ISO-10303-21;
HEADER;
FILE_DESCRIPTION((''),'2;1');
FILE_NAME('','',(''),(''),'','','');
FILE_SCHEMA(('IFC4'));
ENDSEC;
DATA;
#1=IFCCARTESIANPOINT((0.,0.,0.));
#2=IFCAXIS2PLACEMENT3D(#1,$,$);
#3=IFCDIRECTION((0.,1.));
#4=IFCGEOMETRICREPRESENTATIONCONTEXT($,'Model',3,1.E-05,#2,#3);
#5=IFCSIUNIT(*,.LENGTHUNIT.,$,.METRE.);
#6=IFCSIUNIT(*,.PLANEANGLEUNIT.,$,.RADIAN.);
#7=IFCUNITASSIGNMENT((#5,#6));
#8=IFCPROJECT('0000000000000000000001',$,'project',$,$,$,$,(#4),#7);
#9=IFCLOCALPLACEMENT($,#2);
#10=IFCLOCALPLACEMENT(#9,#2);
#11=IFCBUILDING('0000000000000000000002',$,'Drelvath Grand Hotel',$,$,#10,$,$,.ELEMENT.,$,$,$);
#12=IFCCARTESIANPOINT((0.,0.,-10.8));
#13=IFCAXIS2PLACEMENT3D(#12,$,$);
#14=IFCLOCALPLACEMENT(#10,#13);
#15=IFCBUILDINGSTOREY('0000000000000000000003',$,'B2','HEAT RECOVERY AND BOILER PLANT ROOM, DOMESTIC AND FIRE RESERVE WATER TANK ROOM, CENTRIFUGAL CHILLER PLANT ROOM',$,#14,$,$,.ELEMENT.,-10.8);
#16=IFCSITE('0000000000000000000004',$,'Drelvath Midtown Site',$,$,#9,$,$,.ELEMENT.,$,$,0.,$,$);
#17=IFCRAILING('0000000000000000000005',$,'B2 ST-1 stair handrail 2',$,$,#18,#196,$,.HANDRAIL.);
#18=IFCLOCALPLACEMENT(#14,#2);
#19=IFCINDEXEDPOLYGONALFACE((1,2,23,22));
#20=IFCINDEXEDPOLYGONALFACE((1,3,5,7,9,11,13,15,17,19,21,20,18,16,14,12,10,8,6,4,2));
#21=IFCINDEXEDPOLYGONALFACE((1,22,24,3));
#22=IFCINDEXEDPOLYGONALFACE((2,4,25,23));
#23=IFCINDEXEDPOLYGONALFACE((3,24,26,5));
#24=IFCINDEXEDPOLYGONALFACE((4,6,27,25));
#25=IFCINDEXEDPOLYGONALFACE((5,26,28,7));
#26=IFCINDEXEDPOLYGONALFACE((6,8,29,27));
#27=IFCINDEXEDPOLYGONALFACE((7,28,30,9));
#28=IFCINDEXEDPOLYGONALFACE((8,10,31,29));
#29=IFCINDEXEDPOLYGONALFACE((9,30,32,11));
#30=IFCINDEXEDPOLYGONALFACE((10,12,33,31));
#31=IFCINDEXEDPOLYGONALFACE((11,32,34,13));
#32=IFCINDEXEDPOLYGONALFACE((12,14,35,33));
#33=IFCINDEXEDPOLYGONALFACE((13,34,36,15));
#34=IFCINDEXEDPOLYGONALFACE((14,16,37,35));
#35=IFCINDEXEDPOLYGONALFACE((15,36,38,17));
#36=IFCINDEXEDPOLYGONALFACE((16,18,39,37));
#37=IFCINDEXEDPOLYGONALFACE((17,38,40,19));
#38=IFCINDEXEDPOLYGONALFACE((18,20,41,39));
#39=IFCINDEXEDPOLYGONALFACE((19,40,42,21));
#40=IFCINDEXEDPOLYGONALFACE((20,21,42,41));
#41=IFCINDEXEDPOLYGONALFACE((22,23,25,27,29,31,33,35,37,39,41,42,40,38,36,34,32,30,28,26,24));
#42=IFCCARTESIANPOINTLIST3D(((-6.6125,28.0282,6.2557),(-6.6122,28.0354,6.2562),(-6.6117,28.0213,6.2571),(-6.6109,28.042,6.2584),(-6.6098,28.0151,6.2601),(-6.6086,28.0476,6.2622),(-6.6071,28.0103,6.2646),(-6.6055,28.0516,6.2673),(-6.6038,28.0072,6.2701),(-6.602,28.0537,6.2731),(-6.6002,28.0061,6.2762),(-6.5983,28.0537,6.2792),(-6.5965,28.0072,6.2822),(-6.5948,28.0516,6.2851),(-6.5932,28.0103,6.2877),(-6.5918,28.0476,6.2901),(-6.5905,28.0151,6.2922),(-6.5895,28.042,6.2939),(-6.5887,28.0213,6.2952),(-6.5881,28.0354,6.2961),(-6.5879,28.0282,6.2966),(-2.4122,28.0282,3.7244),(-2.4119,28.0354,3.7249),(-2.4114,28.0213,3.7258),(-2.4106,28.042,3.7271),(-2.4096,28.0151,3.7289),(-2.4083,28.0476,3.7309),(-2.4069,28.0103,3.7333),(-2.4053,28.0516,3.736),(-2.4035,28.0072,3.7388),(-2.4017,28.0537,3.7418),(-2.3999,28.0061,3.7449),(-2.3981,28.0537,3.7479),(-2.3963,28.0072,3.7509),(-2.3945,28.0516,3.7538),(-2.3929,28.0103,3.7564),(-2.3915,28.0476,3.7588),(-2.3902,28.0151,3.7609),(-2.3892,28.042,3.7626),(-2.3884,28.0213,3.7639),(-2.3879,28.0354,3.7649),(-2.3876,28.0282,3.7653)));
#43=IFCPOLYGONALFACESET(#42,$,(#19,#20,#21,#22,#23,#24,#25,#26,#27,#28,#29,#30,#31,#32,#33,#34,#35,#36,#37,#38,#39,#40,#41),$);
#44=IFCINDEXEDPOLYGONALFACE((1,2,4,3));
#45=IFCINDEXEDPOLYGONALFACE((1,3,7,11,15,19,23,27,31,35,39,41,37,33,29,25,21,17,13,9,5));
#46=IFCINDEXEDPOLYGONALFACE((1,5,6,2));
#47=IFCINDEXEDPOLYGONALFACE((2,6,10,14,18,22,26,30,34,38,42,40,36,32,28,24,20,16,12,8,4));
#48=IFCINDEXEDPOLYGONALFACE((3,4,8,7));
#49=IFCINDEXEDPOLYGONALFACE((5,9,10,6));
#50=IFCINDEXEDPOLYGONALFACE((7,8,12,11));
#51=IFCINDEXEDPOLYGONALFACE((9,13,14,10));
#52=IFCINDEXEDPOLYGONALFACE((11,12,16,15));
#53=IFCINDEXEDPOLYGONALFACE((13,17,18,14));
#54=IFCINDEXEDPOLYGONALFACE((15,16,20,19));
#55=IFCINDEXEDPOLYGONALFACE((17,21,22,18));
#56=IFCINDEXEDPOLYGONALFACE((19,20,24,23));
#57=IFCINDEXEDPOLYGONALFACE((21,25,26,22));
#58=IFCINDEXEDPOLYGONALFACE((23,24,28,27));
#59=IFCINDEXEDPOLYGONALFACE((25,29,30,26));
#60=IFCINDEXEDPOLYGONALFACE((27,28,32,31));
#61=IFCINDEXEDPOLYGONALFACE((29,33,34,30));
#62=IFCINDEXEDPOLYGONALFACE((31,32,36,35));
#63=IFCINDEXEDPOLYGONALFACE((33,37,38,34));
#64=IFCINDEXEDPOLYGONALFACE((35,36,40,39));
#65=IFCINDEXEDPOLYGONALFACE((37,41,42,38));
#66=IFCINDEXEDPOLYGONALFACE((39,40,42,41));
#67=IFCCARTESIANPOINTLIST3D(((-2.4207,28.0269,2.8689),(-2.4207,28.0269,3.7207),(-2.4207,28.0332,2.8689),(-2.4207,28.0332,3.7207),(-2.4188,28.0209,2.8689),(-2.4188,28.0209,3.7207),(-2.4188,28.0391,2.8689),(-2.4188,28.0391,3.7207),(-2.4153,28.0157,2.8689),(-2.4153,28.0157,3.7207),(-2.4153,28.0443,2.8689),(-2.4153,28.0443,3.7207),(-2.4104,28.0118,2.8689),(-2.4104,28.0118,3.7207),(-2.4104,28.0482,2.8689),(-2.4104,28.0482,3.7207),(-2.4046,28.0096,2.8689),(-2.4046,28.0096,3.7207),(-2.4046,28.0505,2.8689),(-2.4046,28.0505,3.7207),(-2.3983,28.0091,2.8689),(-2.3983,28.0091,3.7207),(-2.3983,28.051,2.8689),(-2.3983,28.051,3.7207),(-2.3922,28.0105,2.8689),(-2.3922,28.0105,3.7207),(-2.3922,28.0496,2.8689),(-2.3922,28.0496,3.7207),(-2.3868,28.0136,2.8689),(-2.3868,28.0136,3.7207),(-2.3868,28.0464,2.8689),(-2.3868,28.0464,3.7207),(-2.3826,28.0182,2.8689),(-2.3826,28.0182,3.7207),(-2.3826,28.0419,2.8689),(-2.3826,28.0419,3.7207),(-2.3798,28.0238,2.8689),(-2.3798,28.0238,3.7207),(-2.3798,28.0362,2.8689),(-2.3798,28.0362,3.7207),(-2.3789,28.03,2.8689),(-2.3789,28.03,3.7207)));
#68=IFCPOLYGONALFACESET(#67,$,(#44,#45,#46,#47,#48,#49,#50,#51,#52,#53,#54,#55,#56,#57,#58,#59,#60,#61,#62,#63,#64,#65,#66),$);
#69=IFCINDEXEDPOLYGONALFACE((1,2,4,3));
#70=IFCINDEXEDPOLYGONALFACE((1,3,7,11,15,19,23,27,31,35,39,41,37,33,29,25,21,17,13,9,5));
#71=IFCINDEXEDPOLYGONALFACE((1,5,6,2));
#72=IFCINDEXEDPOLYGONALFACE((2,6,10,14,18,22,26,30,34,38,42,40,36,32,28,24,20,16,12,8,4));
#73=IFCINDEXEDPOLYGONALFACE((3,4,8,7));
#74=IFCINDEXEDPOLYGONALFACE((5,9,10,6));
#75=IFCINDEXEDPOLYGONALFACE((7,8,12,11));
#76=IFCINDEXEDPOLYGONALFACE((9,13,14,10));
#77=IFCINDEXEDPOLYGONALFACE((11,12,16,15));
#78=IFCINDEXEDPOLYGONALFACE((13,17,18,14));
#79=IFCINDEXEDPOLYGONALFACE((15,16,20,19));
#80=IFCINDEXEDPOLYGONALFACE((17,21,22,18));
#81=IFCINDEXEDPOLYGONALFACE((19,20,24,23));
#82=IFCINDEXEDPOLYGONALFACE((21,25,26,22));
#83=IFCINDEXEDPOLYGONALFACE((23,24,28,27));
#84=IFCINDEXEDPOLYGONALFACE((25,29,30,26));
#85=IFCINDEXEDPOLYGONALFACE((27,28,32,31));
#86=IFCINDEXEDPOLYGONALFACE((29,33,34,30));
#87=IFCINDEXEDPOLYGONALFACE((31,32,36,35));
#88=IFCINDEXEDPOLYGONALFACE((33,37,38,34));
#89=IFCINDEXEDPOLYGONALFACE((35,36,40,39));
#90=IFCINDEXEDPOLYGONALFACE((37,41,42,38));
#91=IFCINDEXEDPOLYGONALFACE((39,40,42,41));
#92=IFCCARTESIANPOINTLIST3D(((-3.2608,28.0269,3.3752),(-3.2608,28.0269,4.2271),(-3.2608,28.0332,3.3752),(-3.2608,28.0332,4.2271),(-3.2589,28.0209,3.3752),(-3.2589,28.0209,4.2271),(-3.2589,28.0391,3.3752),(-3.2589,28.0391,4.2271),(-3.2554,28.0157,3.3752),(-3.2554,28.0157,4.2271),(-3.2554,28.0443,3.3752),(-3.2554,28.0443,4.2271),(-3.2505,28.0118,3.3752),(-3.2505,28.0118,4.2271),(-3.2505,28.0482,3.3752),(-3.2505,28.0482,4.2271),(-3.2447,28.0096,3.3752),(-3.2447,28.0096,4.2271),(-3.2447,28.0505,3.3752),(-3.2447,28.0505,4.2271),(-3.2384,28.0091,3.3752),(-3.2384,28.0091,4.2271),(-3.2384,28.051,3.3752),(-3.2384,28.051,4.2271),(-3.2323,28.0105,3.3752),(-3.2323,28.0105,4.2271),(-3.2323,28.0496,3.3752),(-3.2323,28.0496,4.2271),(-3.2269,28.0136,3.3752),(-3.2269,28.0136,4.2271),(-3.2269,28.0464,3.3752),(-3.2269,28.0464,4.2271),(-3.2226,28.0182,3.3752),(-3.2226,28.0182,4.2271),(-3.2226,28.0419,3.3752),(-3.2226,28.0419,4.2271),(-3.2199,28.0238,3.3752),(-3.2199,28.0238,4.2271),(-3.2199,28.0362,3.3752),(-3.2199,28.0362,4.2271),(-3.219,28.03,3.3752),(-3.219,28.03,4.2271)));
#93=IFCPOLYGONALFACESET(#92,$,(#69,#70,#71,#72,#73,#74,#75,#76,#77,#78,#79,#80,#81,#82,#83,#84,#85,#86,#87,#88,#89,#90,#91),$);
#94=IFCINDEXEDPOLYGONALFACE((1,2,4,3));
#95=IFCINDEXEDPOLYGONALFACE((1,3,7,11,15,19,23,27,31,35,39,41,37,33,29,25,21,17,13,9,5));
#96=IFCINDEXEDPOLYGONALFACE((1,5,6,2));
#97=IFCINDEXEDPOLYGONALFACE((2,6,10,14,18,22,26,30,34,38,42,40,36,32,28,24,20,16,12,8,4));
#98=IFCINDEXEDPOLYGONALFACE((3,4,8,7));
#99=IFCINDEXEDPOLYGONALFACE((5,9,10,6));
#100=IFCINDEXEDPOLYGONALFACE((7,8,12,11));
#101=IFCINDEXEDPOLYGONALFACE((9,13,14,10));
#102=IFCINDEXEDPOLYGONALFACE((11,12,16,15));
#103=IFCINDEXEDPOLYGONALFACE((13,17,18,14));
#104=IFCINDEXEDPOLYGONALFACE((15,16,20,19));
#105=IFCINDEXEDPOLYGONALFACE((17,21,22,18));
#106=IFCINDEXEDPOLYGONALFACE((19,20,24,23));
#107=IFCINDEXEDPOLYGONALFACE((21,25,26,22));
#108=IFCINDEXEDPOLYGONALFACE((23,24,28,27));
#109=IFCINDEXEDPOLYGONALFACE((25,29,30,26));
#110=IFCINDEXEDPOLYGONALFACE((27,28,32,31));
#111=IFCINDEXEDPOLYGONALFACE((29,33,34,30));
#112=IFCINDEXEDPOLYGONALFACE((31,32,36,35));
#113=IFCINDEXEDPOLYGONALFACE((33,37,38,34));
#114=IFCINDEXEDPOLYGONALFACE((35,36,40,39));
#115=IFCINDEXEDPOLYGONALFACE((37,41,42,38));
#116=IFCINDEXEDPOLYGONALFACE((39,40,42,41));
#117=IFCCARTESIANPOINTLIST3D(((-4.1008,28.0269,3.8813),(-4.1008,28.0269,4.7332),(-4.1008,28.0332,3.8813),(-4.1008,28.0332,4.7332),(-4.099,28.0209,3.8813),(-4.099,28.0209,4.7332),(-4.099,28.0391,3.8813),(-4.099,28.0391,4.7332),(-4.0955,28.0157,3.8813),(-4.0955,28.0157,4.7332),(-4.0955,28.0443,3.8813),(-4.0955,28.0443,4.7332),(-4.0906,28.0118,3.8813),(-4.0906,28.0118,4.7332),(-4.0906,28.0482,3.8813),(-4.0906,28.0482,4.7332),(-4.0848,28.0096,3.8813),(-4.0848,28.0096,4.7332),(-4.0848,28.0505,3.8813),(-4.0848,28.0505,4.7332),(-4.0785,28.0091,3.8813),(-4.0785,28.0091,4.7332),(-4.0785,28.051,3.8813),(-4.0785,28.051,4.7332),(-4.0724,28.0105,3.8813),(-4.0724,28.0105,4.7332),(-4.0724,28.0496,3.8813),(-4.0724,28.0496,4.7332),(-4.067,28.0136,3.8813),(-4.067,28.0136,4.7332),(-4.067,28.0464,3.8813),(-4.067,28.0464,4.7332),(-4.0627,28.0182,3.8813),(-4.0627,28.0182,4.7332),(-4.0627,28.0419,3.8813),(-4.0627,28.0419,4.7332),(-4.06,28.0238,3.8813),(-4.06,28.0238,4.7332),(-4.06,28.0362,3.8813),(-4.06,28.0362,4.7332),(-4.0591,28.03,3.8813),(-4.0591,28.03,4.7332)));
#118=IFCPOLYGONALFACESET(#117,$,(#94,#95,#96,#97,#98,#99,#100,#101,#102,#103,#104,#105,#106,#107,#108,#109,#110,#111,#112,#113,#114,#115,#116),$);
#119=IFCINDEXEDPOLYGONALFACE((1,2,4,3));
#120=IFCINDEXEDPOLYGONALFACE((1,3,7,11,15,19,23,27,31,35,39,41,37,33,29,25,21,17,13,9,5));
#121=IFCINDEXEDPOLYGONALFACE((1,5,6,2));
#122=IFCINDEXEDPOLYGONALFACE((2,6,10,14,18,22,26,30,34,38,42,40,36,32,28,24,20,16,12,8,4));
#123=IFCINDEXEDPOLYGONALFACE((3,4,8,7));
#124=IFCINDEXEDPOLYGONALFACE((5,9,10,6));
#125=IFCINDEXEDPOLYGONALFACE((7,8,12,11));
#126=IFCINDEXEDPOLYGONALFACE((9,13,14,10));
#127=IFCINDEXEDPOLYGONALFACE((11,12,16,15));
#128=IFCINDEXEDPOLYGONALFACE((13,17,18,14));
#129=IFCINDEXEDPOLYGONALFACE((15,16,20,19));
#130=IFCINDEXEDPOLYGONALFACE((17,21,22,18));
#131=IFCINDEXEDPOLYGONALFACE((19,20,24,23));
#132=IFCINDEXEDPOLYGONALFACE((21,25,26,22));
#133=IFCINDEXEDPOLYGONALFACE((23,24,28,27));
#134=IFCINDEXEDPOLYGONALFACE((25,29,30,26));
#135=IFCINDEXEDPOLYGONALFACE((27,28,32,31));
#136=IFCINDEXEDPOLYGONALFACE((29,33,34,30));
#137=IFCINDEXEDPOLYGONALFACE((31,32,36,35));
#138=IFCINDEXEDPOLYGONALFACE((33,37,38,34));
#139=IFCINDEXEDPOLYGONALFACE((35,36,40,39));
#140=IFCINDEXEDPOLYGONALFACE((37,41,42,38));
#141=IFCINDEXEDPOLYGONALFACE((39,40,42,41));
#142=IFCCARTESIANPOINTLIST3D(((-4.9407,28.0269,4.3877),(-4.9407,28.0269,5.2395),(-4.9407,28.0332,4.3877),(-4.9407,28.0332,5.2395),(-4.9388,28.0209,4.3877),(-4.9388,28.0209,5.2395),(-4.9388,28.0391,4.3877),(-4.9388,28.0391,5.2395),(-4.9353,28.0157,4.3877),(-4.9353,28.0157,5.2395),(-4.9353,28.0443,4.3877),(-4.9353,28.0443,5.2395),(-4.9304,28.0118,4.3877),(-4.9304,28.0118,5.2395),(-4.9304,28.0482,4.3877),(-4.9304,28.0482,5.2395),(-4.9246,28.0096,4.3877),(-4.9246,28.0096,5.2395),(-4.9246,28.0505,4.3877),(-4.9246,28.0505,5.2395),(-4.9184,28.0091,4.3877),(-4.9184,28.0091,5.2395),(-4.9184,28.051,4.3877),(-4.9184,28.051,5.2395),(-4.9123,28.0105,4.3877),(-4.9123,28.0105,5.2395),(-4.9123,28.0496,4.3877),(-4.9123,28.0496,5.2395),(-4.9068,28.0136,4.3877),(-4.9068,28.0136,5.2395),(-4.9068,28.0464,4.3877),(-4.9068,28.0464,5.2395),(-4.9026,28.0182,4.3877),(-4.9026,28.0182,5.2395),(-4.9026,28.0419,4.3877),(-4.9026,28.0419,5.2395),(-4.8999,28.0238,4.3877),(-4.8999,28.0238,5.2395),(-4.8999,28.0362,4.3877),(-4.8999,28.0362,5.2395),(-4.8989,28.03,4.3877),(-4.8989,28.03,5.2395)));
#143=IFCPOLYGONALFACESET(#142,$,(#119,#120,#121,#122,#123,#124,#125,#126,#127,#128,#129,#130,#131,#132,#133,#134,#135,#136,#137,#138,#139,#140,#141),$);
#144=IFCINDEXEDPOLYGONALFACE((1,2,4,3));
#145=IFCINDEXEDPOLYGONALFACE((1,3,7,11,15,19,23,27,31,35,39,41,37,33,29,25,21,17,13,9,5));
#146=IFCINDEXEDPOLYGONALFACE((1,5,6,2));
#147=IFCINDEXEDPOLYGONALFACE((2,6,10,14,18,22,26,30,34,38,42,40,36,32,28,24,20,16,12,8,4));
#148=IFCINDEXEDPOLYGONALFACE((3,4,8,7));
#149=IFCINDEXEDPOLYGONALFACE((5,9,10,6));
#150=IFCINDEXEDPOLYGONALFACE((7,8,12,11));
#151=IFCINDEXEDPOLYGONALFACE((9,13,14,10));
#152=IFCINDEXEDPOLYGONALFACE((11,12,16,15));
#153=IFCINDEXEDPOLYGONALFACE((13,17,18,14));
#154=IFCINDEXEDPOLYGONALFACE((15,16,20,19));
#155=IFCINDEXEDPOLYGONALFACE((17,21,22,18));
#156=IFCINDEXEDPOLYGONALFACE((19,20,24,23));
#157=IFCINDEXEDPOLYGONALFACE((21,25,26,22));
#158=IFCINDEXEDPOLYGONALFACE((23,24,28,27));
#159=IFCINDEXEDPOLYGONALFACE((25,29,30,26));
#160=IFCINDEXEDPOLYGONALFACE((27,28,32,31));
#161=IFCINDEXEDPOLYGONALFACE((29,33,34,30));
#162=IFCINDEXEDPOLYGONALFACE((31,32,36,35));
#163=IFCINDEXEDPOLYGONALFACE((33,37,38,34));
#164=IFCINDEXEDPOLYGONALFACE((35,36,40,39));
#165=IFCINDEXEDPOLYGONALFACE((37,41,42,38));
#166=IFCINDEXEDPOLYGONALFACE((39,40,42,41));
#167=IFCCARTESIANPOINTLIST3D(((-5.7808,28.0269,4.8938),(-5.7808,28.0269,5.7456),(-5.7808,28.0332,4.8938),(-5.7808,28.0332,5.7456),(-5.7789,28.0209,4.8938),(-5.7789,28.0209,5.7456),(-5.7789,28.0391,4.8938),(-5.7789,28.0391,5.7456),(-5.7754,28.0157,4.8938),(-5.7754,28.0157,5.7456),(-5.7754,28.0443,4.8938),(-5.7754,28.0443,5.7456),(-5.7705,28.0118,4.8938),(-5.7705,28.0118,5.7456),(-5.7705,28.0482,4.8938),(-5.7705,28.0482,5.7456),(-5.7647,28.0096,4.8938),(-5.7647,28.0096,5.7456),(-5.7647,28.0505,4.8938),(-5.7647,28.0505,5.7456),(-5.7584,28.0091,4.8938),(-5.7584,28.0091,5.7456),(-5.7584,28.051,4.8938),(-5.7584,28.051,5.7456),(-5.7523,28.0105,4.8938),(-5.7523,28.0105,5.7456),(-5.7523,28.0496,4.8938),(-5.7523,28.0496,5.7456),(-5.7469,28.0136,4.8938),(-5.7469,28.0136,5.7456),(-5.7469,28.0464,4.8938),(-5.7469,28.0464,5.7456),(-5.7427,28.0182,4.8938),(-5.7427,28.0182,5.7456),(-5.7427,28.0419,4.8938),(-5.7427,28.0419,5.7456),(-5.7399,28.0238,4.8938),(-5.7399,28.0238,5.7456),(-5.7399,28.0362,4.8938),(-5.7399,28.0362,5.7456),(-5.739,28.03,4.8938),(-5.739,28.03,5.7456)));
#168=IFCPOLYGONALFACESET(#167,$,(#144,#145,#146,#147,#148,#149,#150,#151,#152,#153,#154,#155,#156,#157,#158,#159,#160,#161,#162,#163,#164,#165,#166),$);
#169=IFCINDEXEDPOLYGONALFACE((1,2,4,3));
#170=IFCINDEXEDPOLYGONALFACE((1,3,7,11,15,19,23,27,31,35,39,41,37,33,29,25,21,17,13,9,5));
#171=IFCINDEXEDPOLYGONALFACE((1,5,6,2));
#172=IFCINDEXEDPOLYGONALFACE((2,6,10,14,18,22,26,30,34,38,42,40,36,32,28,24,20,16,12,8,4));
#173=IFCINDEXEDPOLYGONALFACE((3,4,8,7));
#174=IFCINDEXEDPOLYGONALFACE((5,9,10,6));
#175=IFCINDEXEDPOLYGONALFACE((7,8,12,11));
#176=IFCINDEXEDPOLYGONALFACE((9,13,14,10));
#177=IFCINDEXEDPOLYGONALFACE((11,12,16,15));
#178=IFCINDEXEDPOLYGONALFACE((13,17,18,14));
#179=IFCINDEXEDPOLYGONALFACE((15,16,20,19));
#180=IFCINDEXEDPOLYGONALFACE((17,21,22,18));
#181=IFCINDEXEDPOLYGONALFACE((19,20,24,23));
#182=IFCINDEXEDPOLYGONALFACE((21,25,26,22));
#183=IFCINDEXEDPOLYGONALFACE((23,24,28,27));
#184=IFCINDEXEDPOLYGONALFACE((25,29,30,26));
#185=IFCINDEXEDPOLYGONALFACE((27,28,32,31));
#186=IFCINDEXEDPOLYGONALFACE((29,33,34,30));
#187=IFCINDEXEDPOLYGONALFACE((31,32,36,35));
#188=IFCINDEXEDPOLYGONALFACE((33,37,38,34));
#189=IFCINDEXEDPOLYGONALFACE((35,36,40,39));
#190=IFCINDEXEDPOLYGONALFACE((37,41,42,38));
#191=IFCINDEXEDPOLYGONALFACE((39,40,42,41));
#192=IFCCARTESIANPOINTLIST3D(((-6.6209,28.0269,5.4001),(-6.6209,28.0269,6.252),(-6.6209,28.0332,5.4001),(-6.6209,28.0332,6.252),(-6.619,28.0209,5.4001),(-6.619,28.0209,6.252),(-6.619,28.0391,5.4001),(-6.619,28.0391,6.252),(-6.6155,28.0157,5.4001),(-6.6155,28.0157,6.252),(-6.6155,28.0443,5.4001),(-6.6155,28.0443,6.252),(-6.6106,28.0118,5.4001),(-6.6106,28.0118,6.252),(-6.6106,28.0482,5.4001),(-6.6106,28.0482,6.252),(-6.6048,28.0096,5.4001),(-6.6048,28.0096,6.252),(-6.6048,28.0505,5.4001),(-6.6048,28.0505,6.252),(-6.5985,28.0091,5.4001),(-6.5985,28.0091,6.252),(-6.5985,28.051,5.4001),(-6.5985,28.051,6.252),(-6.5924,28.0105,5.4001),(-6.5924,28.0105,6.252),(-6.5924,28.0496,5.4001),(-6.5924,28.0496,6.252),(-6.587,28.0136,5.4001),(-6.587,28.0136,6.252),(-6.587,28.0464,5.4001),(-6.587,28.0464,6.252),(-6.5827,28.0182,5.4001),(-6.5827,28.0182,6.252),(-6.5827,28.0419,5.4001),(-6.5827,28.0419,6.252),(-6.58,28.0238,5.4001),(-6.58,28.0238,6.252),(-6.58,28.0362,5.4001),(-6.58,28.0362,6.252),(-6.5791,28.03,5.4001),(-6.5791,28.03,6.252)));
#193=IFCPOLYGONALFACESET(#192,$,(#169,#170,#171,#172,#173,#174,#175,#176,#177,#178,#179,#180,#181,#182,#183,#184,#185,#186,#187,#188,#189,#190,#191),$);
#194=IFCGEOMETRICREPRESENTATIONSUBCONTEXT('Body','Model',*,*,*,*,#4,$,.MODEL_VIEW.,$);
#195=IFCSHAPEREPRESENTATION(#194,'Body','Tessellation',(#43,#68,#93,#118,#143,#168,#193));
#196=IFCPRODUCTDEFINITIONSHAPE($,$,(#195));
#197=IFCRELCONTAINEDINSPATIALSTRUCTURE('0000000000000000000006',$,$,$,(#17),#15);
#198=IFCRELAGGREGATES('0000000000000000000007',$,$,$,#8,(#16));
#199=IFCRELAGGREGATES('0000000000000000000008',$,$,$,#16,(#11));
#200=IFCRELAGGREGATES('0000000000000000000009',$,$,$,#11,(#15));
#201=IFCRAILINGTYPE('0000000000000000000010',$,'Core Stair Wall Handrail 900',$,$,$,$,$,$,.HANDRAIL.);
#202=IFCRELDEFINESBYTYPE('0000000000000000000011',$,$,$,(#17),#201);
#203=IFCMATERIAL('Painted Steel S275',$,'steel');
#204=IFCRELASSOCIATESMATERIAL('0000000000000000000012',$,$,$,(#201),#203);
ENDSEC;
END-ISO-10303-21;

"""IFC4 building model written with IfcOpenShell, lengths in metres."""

from ifc_helpers import new_model, si_unit, direction, frame, origin, origin_2d, place, context, subcontext, project, spatial, circle, extrude, material, type_object, element, save


model = new_model("IFC4")

# Units and contexts
model_context = context("Model", 3, precision=1e-05, world=origin(), true_north=direction((0.0, 1.0)))
body_context = subcontext(model_context, "Body", "Model", "MODEL_VIEW")
ifc_project = project(units=[si_unit("LENGTHUNIT", "METRE"), si_unit("PLANEANGLEUNIT", "RADIAN")], contexts=[model_context])

# Site, building, storey
site_placement = place(None, origin())
site = spatial("IfcSite", under=ifc_project, at=site_placement, Name="Drelvath Midtown Site", CompositionType="ELEMENT", RefElevation=0.0)
building_placement = place(site_placement, origin())
building = spatial("IfcBuilding", under=site, at=building_placement, Name="Drelvath Grand Hotel", CompositionType="ELEMENT")
storey_placement = place(building_placement, frame((0.0, 0.0, -10.8)))
storey = spatial("IfcBuildingStorey", under=building, at=storey_placement, Name="B2", Description="HEAT RECOVERY AND BOILER PLANT ROOM, DOMESTIC AND FIRE RESERVE WATER TANK ROOM, CENTRIFUGAL CHILLER PLANT ROOM", CompositionType="ELEMENT", Elevation=-10.8)

# Shared definitions
ifc_material_1 = material(Name="Painted Steel S275", Category="steel")

# Railing
railing_type_1 = type_object("IfcRailingType", Name="Core Stair Wall Handrail 900", PredefinedType="HANDRAIL", material=ifc_material_1)
railing_1_placement = place(storey_placement, frame((-2.3999, 28.03, 2.8689)))
element("IfcRailing", 1, at=railing_1_placement, inside=storey, type_object=railing_type_1, Name="B2 ST-1 stair handrail 2", PredefinedType="HANDRAIL", context=body_context, shape_type="SweptSolid", body=[
    extrude(circle(Radius=0.0239, at=origin_2d()), frame((0.0, 0.0, 0.876), z_axis=(-0.85649, 0.0, 0.516164), x_axis=(0.0, -1.0, 0.0)), (0.0, 0.0, 1.0), 4.9041),
    extrude(circle(Radius=0.021, at=origin_2d()), origin(), (0.0, 0.0, 1.0), 0.8518),
    extrude(circle(Radius=0.021, at=origin_2d()), frame((-0.8401, 0.0, 0.5063)), (0.0, 0.0, 1.0), 0.8518),
    extrude(circle(Radius=0.021, at=origin_2d()), frame((-1.6802, 0.0, 1.0125)), (0.0, 0.0, 1.0), 0.8518),
    extrude(circle(Radius=0.021, at=origin_2d()), frame((-2.52, 0.0, 1.5188)), (0.0, 0.0, 1.0), 0.8518),
    extrude(circle(Radius=0.021, at=origin_2d()), frame((-3.3601, 0.0, 2.0249)), (0.0, 0.0, 1.0), 0.8518),
    extrude(circle(Radius=0.021, at=origin_2d()), frame((-4.2002, 0.0, 2.5312)), (0.0, 0.0, 1.0), 0.8518),
])

save(model, "model.ifc")
